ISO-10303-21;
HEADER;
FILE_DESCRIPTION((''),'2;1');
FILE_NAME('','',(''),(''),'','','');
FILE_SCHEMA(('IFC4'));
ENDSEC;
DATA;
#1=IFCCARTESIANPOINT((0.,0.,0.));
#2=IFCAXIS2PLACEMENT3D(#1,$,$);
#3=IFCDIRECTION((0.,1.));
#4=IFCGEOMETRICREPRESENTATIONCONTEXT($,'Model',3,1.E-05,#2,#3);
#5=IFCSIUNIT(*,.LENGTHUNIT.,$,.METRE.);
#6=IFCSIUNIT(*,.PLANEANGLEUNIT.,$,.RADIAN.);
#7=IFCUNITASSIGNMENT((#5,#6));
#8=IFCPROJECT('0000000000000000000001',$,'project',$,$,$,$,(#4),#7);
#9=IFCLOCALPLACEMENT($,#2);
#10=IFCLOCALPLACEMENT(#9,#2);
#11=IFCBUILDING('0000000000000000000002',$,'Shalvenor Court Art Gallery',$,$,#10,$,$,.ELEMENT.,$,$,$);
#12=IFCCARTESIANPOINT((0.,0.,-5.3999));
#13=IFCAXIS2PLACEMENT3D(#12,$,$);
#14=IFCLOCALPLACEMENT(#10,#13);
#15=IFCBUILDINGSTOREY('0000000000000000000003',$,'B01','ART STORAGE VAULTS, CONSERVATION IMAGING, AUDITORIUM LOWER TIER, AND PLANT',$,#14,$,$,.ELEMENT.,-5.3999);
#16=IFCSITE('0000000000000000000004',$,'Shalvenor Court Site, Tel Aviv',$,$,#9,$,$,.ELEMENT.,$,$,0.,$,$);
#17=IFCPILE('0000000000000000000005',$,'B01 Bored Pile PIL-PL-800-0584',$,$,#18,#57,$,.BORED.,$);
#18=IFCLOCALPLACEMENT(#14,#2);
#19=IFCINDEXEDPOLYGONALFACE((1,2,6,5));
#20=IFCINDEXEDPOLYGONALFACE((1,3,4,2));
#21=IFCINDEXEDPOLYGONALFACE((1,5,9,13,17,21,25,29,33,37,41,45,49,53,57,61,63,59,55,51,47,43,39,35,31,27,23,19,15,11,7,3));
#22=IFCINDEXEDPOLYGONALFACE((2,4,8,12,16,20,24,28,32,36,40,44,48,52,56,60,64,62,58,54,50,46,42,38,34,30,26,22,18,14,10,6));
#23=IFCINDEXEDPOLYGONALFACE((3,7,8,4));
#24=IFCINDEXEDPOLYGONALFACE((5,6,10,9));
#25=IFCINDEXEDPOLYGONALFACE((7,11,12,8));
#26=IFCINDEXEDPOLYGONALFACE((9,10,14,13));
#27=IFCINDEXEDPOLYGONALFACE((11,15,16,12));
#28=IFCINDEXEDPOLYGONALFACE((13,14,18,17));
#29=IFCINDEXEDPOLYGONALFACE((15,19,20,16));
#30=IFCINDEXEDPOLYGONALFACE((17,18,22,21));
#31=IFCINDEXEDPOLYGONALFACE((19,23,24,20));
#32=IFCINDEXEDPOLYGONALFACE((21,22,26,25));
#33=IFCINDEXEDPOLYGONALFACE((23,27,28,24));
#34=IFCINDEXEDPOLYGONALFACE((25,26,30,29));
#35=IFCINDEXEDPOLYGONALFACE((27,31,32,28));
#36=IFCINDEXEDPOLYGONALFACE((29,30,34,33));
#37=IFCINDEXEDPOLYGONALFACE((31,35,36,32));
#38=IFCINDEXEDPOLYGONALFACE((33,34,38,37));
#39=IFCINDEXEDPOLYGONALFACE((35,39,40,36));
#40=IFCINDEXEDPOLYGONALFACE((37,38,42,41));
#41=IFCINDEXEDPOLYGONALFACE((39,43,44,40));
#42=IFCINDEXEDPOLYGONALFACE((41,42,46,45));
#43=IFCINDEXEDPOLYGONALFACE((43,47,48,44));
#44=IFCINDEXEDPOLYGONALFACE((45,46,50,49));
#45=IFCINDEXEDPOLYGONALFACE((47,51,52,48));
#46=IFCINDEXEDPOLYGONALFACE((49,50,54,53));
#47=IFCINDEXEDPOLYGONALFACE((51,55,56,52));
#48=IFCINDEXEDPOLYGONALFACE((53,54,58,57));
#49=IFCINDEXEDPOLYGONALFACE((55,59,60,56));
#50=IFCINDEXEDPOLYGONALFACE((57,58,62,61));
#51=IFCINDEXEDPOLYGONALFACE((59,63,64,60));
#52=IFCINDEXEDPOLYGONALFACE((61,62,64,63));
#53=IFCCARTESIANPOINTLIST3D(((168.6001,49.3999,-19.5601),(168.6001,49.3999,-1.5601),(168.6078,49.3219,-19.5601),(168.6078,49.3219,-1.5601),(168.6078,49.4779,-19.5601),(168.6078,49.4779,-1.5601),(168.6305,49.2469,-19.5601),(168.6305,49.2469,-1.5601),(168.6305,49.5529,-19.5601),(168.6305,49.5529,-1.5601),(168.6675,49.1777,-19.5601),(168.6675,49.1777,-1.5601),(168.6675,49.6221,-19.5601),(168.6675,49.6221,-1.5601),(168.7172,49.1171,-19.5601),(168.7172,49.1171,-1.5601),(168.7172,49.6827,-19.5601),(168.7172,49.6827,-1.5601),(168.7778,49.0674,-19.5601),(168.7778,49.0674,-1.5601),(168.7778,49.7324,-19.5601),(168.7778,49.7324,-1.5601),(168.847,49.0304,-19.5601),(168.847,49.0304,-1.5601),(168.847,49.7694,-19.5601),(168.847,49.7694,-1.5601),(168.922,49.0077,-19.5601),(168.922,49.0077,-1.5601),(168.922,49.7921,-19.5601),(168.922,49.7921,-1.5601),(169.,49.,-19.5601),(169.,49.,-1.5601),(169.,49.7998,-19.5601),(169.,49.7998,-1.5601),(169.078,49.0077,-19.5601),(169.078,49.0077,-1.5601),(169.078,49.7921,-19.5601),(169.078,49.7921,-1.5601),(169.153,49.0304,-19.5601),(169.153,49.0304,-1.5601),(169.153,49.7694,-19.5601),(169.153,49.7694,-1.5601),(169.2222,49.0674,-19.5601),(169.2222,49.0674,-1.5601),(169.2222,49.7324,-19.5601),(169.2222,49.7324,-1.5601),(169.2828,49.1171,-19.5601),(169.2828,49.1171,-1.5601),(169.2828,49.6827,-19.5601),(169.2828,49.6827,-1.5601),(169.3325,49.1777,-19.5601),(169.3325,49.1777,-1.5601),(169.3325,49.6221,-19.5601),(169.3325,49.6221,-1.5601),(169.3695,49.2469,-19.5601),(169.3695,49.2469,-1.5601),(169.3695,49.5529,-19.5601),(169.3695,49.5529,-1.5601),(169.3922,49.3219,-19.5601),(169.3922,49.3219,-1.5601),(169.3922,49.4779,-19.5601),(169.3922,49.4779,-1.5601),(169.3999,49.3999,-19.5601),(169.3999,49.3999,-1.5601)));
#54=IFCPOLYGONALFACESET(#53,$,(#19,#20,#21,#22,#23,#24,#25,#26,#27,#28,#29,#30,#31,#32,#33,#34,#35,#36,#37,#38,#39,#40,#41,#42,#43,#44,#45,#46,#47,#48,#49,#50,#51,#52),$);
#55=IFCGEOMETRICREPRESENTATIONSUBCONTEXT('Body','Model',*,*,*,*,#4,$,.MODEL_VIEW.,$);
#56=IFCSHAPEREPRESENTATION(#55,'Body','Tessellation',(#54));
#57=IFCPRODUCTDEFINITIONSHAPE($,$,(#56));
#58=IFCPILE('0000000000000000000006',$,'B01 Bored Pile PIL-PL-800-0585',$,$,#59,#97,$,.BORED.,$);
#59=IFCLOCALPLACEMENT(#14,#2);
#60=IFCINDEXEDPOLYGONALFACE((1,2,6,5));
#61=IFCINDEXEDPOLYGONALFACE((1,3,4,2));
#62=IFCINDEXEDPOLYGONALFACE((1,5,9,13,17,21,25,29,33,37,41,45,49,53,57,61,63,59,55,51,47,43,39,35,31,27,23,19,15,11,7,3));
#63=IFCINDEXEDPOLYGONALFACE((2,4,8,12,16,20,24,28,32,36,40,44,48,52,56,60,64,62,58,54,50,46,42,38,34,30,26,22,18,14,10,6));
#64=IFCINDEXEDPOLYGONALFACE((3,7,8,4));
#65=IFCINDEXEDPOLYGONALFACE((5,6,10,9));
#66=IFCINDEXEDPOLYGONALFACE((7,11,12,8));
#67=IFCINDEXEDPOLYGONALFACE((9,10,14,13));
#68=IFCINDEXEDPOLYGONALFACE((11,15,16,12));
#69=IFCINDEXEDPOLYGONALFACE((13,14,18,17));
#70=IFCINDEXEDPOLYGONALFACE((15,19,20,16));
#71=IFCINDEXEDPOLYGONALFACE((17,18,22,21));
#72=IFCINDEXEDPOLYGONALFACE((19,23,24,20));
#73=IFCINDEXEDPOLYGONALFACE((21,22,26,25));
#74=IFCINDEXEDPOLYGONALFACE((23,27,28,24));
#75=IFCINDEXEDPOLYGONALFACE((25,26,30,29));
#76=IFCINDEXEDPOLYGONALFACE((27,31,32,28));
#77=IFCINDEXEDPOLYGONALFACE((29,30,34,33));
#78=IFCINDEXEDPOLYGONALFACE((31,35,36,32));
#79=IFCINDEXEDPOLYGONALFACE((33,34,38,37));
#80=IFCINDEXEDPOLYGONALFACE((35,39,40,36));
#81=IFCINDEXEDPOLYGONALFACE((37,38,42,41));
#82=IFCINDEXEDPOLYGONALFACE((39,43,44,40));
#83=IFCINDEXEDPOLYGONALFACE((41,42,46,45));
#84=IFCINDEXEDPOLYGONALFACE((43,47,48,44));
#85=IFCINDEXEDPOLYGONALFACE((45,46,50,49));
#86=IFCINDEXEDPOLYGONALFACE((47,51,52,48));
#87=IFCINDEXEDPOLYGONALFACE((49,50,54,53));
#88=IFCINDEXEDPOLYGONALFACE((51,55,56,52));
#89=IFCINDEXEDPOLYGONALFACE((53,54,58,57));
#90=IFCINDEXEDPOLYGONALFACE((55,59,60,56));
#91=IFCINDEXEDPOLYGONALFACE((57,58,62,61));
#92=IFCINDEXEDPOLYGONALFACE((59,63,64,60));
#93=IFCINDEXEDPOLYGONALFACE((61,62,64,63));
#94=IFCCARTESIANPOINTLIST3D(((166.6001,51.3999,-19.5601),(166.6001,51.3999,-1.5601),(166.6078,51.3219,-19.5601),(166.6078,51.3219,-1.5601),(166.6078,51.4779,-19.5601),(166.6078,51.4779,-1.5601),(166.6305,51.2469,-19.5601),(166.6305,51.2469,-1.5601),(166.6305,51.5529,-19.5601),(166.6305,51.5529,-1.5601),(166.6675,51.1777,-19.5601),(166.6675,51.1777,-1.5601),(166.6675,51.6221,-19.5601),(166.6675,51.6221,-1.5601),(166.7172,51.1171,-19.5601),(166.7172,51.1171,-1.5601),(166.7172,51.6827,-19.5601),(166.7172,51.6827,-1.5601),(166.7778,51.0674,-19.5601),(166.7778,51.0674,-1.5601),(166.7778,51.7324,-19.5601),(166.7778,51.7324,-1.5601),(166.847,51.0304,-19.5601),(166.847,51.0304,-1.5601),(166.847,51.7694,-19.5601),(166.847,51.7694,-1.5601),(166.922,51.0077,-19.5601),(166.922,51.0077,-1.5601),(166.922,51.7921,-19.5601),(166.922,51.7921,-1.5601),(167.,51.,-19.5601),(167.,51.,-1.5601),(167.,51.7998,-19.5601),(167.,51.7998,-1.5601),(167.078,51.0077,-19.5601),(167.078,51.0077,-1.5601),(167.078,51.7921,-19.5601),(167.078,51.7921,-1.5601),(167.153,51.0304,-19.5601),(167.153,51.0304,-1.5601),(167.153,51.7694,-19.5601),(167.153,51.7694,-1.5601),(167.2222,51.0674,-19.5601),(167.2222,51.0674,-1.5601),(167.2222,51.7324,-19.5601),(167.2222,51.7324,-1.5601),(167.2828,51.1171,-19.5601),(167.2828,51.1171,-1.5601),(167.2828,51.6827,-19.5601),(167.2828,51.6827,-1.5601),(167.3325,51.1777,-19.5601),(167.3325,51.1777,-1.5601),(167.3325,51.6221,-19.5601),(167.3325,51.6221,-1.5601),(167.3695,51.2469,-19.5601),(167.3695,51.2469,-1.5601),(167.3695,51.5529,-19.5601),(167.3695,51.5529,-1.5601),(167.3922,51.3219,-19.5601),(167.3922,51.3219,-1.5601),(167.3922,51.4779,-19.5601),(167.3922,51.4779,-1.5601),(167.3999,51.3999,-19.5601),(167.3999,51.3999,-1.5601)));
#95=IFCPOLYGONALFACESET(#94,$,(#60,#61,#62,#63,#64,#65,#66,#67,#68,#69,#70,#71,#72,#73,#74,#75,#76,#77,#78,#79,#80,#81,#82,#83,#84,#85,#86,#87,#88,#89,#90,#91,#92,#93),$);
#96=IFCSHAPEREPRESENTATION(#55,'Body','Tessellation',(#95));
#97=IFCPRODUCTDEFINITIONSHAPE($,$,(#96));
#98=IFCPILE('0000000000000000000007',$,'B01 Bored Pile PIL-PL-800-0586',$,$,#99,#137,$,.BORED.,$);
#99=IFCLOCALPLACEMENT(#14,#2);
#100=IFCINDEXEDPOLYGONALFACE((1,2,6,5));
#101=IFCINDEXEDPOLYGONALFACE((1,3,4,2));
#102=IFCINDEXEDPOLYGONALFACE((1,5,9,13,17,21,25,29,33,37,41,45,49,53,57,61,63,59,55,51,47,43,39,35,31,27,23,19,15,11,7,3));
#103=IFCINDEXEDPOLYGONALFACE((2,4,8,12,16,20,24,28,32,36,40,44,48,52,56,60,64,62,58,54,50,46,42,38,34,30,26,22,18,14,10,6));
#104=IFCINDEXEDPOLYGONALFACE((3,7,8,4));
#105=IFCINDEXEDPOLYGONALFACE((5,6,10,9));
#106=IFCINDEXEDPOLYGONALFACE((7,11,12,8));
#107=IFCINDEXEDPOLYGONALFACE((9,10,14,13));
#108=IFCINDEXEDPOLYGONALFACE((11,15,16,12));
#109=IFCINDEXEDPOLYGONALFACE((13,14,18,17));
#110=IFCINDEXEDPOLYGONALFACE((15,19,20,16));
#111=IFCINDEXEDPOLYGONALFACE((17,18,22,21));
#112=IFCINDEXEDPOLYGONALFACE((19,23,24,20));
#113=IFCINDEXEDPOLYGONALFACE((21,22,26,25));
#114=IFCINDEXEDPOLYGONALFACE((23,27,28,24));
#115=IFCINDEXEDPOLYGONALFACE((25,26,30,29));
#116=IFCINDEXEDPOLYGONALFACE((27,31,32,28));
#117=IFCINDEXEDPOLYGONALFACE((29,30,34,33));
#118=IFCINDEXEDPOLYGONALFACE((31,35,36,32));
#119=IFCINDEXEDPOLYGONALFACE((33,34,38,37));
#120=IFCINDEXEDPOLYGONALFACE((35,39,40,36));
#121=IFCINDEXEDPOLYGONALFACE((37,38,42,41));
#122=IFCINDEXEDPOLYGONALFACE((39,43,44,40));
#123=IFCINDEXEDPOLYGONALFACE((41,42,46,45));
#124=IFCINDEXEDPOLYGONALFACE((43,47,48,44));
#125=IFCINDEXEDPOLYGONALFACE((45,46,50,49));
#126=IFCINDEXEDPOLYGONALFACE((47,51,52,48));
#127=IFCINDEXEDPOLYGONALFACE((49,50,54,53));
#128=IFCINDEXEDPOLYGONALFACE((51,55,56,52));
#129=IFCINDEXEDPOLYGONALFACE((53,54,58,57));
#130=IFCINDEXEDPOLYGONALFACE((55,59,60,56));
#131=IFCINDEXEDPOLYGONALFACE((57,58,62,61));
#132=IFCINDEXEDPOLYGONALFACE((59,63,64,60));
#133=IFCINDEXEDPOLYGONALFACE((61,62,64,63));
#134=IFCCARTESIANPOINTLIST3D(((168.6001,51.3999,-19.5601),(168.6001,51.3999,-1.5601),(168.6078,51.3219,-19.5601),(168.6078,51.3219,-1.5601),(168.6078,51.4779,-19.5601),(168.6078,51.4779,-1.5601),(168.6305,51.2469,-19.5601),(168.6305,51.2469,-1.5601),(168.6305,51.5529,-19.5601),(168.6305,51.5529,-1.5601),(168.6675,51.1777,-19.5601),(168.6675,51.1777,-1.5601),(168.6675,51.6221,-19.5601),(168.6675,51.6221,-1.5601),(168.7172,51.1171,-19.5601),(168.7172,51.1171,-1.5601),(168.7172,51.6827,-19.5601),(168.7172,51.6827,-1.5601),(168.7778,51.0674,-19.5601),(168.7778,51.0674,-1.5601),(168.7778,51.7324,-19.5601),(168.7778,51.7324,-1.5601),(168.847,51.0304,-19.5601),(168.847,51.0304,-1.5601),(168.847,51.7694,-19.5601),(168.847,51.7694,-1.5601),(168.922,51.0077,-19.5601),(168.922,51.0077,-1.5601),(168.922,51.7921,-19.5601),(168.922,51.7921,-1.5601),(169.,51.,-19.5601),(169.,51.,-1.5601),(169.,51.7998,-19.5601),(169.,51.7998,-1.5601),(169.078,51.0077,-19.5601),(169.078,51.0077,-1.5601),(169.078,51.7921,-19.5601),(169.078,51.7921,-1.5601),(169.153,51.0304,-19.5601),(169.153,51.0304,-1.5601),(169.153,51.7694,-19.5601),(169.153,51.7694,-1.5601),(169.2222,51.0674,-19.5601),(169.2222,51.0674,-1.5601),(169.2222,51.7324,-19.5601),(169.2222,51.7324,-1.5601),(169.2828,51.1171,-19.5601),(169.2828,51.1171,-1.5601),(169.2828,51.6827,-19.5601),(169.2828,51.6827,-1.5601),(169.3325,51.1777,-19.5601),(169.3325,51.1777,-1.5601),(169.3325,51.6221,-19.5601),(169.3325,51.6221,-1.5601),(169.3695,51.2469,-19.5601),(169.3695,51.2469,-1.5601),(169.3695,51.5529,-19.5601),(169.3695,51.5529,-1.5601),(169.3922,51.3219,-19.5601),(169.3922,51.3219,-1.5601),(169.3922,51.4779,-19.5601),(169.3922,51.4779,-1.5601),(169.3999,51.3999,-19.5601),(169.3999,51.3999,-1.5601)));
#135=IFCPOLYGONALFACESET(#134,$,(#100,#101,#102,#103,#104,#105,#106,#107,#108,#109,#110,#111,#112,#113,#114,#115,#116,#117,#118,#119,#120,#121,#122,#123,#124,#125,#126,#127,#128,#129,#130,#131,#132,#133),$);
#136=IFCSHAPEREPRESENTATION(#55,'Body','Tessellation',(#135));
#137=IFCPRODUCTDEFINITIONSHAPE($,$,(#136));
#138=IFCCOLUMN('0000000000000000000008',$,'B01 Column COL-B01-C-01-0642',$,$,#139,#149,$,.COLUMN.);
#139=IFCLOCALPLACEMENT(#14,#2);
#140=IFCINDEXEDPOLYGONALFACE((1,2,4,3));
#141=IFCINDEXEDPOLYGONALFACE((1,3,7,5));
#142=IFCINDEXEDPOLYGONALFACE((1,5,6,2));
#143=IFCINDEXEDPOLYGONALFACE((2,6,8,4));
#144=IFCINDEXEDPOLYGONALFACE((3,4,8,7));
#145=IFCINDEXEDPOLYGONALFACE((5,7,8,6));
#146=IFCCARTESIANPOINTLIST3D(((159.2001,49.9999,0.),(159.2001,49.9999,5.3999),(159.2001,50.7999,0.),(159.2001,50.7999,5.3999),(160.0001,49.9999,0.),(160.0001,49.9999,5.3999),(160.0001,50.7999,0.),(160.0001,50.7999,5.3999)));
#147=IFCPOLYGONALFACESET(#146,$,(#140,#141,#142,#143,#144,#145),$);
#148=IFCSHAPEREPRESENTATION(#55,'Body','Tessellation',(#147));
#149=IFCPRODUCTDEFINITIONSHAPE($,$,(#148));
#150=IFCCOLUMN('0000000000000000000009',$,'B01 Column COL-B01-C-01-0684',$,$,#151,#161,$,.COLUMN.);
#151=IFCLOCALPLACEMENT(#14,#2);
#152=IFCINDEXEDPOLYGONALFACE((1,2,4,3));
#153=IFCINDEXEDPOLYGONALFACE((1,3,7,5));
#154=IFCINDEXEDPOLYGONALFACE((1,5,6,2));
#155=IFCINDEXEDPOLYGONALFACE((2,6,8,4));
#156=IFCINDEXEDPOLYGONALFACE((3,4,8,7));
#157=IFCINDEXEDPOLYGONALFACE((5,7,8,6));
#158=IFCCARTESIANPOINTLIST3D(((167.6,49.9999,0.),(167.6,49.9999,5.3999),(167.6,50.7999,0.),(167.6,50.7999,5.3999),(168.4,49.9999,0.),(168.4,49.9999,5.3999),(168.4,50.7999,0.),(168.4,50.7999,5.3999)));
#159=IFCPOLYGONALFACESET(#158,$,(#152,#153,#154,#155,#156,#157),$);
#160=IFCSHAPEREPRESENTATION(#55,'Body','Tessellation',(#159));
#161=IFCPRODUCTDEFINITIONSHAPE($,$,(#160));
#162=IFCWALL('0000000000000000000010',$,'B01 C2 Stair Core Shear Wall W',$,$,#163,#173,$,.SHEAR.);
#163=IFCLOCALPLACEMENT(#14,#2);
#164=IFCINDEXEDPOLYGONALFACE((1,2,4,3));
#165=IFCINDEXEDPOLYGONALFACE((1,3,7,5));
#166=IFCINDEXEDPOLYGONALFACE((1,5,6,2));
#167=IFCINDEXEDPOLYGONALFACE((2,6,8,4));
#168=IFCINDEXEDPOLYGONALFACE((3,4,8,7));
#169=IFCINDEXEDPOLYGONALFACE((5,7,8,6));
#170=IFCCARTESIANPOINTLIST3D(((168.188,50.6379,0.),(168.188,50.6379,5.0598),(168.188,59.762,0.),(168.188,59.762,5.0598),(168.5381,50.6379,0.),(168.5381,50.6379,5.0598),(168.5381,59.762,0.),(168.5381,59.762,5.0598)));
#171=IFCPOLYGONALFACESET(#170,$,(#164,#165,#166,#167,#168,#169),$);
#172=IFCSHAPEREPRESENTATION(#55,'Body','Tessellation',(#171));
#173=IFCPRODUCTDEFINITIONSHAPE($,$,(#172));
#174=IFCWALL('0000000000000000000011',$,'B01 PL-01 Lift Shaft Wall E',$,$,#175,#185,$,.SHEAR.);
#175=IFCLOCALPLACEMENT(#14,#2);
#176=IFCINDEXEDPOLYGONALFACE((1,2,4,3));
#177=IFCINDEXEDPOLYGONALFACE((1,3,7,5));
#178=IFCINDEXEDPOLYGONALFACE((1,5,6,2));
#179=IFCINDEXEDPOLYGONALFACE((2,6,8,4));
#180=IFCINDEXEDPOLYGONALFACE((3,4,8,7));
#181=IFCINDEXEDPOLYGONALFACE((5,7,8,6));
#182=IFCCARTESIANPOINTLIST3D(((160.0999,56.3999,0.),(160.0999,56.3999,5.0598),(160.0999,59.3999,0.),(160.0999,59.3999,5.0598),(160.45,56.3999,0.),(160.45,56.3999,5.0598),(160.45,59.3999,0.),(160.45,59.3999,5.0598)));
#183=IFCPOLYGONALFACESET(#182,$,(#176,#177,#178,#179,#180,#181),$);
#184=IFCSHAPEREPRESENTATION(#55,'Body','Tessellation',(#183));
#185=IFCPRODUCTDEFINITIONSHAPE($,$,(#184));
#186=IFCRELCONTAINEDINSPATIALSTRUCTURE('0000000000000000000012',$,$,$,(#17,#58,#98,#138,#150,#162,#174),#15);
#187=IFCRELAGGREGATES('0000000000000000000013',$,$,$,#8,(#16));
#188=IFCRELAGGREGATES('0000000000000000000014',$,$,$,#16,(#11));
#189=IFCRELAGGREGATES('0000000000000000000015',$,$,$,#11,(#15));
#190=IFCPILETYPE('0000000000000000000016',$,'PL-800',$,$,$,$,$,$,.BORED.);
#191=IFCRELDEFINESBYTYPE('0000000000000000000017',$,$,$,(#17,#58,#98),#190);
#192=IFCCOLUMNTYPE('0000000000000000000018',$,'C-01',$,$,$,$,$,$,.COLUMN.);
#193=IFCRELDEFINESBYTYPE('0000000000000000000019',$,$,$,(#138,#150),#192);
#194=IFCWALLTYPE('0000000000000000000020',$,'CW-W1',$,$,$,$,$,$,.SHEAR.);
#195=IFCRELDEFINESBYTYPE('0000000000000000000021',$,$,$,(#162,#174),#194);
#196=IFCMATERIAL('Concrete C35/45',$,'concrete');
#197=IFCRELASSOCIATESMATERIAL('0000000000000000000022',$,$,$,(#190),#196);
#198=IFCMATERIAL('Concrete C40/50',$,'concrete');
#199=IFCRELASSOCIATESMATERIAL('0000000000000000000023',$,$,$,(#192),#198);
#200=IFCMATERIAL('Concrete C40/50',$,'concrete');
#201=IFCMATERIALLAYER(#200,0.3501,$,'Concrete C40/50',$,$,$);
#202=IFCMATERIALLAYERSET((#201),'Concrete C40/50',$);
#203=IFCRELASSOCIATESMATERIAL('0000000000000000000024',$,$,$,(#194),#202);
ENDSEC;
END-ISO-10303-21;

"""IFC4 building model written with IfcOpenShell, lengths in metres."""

from ifc_helpers import new_model, si_unit, direction, frame, frame_2d, origin, origin_2d, place, context, subcontext, project, spatial, rectangle, circle, extrude, material, layer, layer_set, material_profile, profile_set, type_object, element, save


model = new_model("IFC4")

# Units and contexts
model_context = context("Model", 3, precision=1e-05, world=origin(), true_north=direction((0.0, 1.0)))
body_context = subcontext(model_context, "Body", "Model", "MODEL_VIEW")
ifc_project = project(units=[si_unit("LENGTHUNIT", "METRE"), si_unit("PLANEANGLEUNIT", "RADIAN")], contexts=[model_context])

# Site, building, storey
site_placement = place(None, origin())
site = spatial("IfcSite", under=ifc_project, at=site_placement, Name="Shalvenor Court Site, Tel Aviv", CompositionType="ELEMENT", RefElevation=0.0)
building_placement = place(site_placement, origin())
building = spatial("IfcBuilding", under=site, at=building_placement, Name="Shalvenor Court Art Gallery", CompositionType="ELEMENT")
storey_placement = place(building_placement, frame((0.0, 0.0, -5.3999)))
storey = spatial("IfcBuildingStorey", under=building, at=storey_placement, Name="B01", Description="ART STORAGE VAULTS, CONSERVATION IMAGING, AUDITORIUM LOWER TIER, AND PLANT", CompositionType="ELEMENT", Elevation=-5.3999)

# Piles
ifc_material_1 = material(Name="Concrete C35/45", Category="concrete")
ifc_material_profile_1 = material_profile(ifc_material_1, circle(Radius=0.3999, at=origin_2d()), Name="PILE 800")
ifc_profile_set_1 = profile_set([ifc_material_profile_1], Name="Concrete C35/45")
pile_type_1 = type_object("IfcPileType", Name="PL-800", PredefinedType="BORED", material=ifc_profile_set_1)
for number, where, z_axis, x_axis, name in (
    (1, (169.0, 49.3999, -1.5601), (0.0, 0.0, -1.0), (1.0, 0.0, 0.0), "B01 Bored Pile PIL-PL-800-0584"),
    (2, (167.0, 51.3999, -1.5601), (0.0, 0.0, -1.0), (1.0, 0.0, 0.0), "B01 Bored Pile PIL-PL-800-0585"),
    (3, (169.0, 51.3999, -1.5601), (0.0, 0.0, -1.0), (1.0, 0.0, 0.0), "B01 Bored Pile PIL-PL-800-0586"),
):
    element("IfcPile", number, at=place(storey_placement, frame(where, z_axis=z_axis, x_axis=x_axis)), inside=storey, type_object=pile_type_1, Name=name, PredefinedType="BORED", context=body_context, shape_type="SweptSolid", body=[
        extrude(circle(Radius=0.3999, at=origin_2d()), origin(), (0.0, 0.0, 1.0), 18.0),
    ])

# Columns
ifc_material_2 = material(Name="Concrete C40/50", Category="concrete")
ifc_material_profile_2 = material_profile(ifc_material_2, rectangle(XDim=0.8, YDim=0.8, at=origin_2d()), Name="RC 800x800")
ifc_profile_set_2 = profile_set([ifc_material_profile_2], Name="Concrete C40/50")
column_type = type_object("IfcColumnType", Name="C-01", PredefinedType="COLUMN", material=ifc_profile_set_2)
for number, where, z_axis, x_axis, name in (
    (4, (159.6001, 50.3999, 0.0), (0.0, 0.0, 1.0), (1.0, 0.0, 0.0), "B01 Column COL-B01-C-01-0642"),
    (5, (168.0, 50.3999, 0.0), (0.0, 0.0, 1.0), (1.0, 0.0, 0.0), "B01 Column COL-B01-C-01-0684"),
):
    element("IfcColumn", number, at=place(storey_placement, frame(where, z_axis=z_axis, x_axis=x_axis)), inside=storey, type_object=column_type, Name=name, PredefinedType="COLUMN", context=body_context, shape_type="SweptSolid", body=[
        extrude(rectangle(XDim=0.8, YDim=0.8, at=origin_2d()), origin(), (0.0, 0.0, 1.0), 5.3999),
    ])

# Walls
ifc_material_3 = material(Name="Concrete C40/50", Category="concrete")
ifc_layer_1 = layer(ifc_material_3, 0.3501, Name="Concrete C40/50")
ifc_layer_set_1 = layer_set([ifc_layer_1], Name="Concrete C40/50")
wall_type_1 = type_object("IfcWallType", Name="CW-W1", PredefinedType="SHEAR", material=ifc_layer_set_1)
wall_1_placement = place(storey_placement, frame((168.363, 50.6379, 0.0), z_axis=(0.0, 0.0, 1.0), x_axis=(0.0, 1.0, 0.0)))
element("IfcWall", 6, at=wall_1_placement, inside=storey, type_object=wall_type_1, Name="B01 C2 Stair Core Shear Wall W", PredefinedType="SHEAR", context=body_context, shape_type="SweptSolid", body=[
    extrude(rectangle(XDim=9.124, YDim=0.3501, at=frame_2d((4.562, 0.0))), origin(), (0.0, 0.0, 1.0), 5.0598),
])
wall_2_placement = place(storey_placement, frame((160.2749, 59.3999, 0.0), z_axis=(0.0, 0.0, 1.0), x_axis=(0.0, -1.0, 0.0)))
element("IfcWall", 7, at=wall_2_placement, inside=storey, type_object=wall_type_1, Name="B01 PL-01 Lift Shaft Wall E", PredefinedType="SHEAR", context=body_context, shape_type="SweptSolid", body=[
    extrude(rectangle(XDim=3.0, YDim=0.3501, at=frame_2d((1.5, 0.0))), origin(), (0.0, 0.0, 1.0), 5.0598),
])

save(model, "model.ifc")
